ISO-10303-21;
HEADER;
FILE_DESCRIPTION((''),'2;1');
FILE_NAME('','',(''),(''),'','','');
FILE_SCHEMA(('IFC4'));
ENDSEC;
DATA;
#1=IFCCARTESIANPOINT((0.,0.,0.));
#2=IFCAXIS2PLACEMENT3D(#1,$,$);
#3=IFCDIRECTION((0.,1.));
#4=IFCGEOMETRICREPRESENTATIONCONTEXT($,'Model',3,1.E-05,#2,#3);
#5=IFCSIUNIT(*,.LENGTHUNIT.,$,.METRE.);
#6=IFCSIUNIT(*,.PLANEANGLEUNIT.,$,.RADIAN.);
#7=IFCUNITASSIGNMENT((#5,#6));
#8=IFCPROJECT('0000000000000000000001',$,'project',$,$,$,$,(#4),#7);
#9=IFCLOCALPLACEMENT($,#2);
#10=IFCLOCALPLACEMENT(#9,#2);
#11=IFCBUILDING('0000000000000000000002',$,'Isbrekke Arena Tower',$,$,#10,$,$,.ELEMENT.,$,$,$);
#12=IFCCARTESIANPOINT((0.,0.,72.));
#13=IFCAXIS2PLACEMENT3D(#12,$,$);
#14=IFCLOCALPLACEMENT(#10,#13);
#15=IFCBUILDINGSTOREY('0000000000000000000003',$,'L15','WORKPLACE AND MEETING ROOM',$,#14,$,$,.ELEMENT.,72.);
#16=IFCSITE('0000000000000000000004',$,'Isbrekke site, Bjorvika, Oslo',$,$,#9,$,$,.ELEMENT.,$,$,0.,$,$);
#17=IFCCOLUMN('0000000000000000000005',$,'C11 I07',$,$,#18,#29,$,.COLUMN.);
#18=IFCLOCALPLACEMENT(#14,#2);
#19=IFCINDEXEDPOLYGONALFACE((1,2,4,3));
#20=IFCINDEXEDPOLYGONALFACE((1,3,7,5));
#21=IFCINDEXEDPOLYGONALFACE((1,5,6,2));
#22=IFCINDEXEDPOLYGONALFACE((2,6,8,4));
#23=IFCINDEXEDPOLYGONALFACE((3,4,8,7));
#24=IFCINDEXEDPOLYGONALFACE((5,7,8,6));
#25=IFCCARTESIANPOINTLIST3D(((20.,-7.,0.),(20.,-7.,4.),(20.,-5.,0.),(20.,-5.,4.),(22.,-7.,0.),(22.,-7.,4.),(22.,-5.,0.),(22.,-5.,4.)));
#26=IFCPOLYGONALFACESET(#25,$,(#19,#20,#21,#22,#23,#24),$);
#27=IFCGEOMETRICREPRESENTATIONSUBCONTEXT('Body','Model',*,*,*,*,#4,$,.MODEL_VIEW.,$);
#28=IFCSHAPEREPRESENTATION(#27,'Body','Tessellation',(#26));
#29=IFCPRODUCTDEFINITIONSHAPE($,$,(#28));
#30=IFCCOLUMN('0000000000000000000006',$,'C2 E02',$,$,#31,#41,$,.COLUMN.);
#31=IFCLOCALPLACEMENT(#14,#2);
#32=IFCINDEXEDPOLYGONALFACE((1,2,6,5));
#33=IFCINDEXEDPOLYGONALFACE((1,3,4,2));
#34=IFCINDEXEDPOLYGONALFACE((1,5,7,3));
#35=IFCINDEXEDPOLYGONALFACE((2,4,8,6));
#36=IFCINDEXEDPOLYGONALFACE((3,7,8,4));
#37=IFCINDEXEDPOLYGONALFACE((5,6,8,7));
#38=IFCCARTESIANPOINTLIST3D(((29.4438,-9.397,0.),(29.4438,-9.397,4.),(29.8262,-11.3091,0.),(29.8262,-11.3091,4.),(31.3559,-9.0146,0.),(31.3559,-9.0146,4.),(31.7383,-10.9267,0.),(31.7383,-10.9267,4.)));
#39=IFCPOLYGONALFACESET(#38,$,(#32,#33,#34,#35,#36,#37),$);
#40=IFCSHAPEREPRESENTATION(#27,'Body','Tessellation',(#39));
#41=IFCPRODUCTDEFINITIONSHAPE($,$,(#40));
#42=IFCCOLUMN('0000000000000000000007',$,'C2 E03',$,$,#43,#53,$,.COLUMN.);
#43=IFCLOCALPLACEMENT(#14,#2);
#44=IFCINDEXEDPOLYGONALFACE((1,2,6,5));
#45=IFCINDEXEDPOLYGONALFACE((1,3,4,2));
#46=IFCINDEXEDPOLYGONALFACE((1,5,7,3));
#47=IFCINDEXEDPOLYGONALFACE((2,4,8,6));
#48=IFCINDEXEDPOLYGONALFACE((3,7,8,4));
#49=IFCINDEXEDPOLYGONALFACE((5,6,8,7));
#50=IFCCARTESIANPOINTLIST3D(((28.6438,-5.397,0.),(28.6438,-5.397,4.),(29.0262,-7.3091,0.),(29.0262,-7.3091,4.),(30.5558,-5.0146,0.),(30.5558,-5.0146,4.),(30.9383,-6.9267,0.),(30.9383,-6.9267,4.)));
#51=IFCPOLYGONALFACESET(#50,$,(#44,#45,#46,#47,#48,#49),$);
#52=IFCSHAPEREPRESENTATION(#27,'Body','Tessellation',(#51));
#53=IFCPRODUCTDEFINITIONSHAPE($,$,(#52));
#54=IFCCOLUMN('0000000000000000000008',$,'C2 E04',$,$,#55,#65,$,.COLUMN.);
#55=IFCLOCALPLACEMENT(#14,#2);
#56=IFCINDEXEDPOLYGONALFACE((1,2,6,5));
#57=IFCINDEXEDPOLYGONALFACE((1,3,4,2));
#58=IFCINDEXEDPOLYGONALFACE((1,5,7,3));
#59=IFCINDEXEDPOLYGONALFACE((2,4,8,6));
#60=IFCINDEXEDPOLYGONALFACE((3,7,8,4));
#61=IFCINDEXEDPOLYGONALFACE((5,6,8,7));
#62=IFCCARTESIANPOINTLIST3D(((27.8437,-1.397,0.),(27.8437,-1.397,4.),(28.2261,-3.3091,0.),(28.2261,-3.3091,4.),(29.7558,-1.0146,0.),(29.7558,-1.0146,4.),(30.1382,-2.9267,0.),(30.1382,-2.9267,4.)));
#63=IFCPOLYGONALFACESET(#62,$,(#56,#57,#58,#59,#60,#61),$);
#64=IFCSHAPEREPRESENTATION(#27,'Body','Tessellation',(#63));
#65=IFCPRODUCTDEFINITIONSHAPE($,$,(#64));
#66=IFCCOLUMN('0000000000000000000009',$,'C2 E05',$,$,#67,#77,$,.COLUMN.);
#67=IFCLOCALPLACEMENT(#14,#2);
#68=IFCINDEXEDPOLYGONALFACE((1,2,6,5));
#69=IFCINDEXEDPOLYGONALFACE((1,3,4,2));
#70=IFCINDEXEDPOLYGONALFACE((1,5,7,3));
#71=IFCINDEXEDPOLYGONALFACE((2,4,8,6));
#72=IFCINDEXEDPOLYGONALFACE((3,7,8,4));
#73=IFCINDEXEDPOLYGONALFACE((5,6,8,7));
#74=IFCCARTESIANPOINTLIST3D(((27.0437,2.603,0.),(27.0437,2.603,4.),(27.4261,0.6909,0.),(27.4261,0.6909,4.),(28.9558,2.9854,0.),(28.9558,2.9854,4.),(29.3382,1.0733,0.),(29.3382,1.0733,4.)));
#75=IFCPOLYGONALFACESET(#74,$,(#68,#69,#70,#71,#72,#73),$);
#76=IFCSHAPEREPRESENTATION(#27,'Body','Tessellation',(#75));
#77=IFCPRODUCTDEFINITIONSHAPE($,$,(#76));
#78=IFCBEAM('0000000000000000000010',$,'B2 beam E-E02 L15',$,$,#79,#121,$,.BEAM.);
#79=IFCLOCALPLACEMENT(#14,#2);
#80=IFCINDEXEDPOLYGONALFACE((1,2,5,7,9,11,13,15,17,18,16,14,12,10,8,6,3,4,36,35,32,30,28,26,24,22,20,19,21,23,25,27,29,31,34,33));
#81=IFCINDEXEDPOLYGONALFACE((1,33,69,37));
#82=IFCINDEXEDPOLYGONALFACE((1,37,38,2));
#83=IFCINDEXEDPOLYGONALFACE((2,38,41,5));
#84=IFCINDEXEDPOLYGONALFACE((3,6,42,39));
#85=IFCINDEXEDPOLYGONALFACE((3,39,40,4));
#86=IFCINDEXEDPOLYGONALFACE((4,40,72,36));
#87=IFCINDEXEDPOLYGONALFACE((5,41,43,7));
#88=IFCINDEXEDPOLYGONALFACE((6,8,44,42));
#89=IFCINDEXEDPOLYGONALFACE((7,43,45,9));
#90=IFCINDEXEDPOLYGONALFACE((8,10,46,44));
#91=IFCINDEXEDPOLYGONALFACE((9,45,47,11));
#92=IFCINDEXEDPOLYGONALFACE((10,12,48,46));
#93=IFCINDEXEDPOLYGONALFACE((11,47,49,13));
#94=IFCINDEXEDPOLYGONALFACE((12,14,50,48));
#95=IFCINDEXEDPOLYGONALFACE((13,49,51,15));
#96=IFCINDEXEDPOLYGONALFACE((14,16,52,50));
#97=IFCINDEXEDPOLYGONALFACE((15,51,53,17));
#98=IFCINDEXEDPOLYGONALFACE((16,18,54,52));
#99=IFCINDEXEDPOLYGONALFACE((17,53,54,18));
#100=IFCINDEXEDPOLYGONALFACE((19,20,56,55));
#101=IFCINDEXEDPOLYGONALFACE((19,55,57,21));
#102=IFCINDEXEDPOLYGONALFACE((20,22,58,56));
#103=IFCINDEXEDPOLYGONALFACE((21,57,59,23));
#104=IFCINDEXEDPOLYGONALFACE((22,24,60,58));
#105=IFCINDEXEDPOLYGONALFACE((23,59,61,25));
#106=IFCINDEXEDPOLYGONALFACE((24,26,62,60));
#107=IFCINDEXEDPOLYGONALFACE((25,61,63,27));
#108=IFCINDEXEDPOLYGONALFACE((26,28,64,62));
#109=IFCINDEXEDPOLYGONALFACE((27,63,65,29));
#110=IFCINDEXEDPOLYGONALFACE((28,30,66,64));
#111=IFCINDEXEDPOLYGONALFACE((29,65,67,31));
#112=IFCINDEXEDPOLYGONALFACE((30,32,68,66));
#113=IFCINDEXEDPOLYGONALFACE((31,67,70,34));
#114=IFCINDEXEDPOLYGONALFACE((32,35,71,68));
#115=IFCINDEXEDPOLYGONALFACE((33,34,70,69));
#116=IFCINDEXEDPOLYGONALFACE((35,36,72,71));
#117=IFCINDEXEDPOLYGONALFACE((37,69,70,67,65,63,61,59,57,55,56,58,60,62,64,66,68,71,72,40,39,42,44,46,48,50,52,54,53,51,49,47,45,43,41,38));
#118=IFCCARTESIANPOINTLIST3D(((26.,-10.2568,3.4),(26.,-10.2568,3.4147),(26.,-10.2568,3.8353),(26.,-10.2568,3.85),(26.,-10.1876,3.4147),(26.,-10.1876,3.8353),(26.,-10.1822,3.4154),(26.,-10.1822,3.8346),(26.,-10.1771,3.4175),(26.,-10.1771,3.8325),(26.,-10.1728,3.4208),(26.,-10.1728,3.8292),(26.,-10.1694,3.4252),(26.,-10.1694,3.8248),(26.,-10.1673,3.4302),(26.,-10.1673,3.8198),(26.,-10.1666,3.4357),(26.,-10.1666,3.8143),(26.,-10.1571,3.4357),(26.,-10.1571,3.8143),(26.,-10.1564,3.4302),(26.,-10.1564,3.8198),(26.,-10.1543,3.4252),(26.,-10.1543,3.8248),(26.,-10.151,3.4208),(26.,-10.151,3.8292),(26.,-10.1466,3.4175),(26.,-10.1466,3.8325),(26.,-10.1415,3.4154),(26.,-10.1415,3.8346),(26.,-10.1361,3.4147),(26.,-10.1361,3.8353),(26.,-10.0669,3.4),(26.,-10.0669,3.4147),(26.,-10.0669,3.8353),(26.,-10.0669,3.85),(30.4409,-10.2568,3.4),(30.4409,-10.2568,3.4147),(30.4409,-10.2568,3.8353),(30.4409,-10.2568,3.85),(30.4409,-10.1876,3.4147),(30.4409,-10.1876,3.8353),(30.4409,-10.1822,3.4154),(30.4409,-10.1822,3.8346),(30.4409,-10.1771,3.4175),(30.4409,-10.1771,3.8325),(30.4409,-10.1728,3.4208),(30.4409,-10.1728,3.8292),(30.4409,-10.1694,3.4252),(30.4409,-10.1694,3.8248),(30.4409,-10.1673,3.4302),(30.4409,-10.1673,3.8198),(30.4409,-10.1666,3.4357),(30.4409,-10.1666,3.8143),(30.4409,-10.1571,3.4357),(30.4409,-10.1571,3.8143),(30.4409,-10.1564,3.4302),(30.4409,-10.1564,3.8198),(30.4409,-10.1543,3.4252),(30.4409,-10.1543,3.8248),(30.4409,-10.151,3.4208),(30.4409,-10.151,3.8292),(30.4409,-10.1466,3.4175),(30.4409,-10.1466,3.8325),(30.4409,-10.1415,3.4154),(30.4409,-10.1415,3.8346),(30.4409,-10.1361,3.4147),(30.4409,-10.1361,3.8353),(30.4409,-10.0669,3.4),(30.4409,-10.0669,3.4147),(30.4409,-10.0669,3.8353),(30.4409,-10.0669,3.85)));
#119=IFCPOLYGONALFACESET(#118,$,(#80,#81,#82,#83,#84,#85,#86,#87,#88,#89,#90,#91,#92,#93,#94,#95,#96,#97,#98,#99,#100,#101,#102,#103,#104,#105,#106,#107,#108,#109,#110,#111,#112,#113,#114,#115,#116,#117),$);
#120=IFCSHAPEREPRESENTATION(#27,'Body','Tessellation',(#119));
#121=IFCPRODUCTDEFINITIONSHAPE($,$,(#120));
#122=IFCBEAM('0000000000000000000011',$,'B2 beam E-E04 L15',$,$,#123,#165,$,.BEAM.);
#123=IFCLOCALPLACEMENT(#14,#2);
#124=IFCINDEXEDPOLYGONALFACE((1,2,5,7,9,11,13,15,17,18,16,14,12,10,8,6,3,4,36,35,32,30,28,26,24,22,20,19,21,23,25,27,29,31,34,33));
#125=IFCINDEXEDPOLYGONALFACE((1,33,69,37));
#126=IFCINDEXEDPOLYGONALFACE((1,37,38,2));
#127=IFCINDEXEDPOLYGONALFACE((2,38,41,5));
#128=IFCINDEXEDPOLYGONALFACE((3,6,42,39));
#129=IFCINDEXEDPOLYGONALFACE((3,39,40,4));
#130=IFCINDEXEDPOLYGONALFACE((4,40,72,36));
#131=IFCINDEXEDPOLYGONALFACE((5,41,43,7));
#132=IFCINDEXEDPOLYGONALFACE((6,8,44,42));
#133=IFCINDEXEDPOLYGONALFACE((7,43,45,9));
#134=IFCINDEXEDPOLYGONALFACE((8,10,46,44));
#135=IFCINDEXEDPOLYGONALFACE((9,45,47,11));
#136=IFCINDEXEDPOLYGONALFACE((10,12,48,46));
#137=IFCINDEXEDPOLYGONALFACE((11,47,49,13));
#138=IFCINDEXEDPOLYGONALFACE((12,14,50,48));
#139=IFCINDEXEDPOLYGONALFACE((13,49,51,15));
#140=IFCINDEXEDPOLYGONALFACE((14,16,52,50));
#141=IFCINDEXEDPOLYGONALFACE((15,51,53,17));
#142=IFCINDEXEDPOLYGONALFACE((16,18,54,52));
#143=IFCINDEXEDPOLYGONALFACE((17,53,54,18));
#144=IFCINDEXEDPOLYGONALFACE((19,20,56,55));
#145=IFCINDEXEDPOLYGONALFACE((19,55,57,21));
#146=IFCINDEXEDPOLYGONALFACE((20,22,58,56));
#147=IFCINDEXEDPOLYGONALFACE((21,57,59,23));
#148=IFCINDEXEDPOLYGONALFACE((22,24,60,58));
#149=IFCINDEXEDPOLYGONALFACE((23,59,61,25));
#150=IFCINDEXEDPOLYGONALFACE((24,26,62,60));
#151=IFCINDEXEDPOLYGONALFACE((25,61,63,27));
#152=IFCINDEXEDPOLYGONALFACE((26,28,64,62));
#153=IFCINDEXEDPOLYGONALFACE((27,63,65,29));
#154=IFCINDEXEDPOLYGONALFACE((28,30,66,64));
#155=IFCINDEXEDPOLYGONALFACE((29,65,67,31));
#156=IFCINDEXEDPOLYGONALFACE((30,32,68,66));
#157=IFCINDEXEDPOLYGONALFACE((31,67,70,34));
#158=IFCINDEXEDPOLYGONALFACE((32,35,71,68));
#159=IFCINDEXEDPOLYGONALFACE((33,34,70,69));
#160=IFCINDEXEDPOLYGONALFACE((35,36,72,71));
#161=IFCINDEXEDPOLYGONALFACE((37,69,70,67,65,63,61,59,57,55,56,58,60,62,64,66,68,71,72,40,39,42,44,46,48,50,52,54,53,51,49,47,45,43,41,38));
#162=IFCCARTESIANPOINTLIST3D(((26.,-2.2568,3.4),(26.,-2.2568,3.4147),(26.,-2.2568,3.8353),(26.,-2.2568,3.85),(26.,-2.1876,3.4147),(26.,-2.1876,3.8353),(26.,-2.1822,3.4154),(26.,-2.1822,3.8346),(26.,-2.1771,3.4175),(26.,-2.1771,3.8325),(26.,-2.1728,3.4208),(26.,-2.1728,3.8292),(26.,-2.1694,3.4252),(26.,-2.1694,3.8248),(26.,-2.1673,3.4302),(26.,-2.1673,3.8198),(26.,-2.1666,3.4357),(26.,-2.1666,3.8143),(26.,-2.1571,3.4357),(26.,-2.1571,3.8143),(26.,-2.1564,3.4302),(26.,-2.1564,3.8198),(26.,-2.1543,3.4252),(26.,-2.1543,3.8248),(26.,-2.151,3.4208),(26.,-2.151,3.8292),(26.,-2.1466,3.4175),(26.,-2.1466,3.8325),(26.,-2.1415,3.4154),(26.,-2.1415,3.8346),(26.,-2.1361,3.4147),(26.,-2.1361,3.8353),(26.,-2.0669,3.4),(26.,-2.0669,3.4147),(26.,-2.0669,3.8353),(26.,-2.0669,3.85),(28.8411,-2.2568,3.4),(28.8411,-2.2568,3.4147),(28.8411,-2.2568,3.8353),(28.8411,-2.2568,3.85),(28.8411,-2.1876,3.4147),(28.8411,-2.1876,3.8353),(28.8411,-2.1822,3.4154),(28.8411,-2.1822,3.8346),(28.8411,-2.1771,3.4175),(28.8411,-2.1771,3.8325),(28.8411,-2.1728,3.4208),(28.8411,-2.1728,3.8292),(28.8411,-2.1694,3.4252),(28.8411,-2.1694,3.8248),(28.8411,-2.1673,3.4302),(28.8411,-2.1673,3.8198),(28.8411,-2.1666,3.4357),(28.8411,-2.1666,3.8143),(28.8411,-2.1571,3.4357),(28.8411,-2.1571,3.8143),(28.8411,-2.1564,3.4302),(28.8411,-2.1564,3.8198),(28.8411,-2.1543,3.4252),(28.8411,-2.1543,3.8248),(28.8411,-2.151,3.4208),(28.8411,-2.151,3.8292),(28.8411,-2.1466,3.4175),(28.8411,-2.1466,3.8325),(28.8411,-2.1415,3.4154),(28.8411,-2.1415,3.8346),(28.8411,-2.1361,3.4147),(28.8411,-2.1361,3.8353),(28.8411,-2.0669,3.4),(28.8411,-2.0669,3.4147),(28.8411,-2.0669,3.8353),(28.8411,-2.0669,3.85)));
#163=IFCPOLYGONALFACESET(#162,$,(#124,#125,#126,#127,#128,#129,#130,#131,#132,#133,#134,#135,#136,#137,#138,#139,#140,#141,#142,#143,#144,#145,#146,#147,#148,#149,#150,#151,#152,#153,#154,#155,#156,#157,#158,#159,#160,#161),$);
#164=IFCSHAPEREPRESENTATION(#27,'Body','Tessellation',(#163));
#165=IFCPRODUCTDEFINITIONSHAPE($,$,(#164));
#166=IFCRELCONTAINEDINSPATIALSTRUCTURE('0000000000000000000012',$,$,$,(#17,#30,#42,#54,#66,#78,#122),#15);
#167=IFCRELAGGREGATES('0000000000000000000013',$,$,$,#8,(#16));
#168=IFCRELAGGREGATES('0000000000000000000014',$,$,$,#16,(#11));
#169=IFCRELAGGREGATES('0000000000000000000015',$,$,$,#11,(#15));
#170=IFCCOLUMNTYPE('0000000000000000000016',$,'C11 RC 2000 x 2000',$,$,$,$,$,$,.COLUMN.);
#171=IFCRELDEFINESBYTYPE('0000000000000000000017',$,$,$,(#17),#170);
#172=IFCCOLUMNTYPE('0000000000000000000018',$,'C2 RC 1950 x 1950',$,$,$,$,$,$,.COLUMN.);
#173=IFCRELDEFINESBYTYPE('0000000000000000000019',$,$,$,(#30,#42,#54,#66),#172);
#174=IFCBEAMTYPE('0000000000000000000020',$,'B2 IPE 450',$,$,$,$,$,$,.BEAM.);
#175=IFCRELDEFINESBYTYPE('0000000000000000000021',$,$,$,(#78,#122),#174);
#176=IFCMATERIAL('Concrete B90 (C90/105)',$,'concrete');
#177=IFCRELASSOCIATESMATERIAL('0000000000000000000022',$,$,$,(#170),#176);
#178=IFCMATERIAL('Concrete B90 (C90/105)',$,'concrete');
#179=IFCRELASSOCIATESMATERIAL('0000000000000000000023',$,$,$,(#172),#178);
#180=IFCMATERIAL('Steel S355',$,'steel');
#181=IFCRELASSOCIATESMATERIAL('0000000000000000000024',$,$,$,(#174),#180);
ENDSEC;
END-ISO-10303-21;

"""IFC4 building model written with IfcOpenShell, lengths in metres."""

from ifc_helpers import new_model, si_unit, direction, frame, origin, origin_2d, place, context, subcontext, project, spatial, rectangle, i_section, extrude, material, material_profile, profile_set, type_object, element, save


model = new_model("IFC4")

# Units and contexts
model_context = context("Model", 3, precision=1e-05, world=origin(), true_north=direction((0.0, 1.0)))
body_context = subcontext(model_context, "Body", "Model", "MODEL_VIEW")
ifc_project = project(units=[si_unit("LENGTHUNIT", "METRE"), si_unit("PLANEANGLEUNIT", "RADIAN")], contexts=[model_context])

# Site, building, storey
site_placement = place(None, origin())
site = spatial("IfcSite", under=ifc_project, at=site_placement, Name="Isbrekke site, Bjorvika, Oslo", CompositionType="ELEMENT", RefElevation=0.0)
building_placement = place(site_placement, origin())
building = spatial("IfcBuilding", under=site, at=building_placement, Name="Isbrekke Arena Tower", CompositionType="ELEMENT")
storey_placement = place(building_placement, frame((0.0, 0.0, 72.0)))
storey = spatial("IfcBuildingStorey", under=building, at=storey_placement, Name="L15", Description="WORKPLACE AND MEETING ROOM", CompositionType="ELEMENT", Elevation=72.0)

# Columns
ifc_material_1 = material(Name="Concrete B90 (C90/105)", Category="concrete")
ifc_material_profile_1 = material_profile(ifc_material_1, rectangle(XDim=2.0, YDim=2.0, at=origin_2d()), Name="RC 2000x2000")
ifc_profile_set_1 = profile_set([ifc_material_profile_1], Name="Concrete B90 (C90/105)")
column_type_1 = type_object("IfcColumnType", Name="C11 RC 2000 x 2000", PredefinedType="COLUMN", material=ifc_profile_set_1)
column_placement = place(storey_placement, frame((21.0, -6.0, 0.0), z_axis=(0.0, 0.0, 1.0), x_axis=(1.0, 0.0, 0.0)))
element("IfcColumn", 1, at=column_placement, inside=storey, type_object=column_type_1, Name="C11 I07", PredefinedType="COLUMN", context=body_context, shape_type="SweptSolid", body=[
    extrude(rectangle(XDim=2.0, YDim=2.0, at=origin_2d()), origin(), (0.0, 0.0, 1.0), 4.0),
])
ifc_material_2 = material(Name="Concrete B90 (C90/105)", Category="concrete")
ifc_material_profile_2 = material_profile(ifc_material_2, rectangle(XDim=1.95, YDim=1.95, at=origin_2d()), Name="RC 1950x1950")
ifc_profile_set_2 = profile_set([ifc_material_profile_2], Name="Concrete B90 (C90/105)")
column_type_2 = type_object("IfcColumnType", Name="C2 RC 1950 x 1950", PredefinedType="COLUMN", material=ifc_profile_set_2)
for number, where, z_axis, x_axis, name in (
    (2, (30.5911, -10.1619, 0.0), (0.0, 0.0, 1.0), (-0.196116, 0.980581, 0.0), "C2 E02"),
    (3, (29.791, -6.1619, 0.0), (0.0, 0.0, 1.0), (-0.196116, 0.980581, 0.0), "C2 E03"),
    (4, (28.991, -2.1619, 0.0), (0.0, 0.0, 1.0), (-0.196116, 0.980581, 0.0), "C2 E04"),
    (5, (28.1909, 1.8381, 0.0), (0.0, 0.0, 1.0), (-0.196116, 0.980581, 0.0), "C2 E05"),
):
    element("IfcColumn", number, at=place(storey_placement, frame(where, z_axis=z_axis, x_axis=x_axis)), inside=storey, type_object=column_type_2, Name=name, PredefinedType="COLUMN", context=body_context, shape_type="SweptSolid", body=[
        extrude(rectangle(XDim=1.95, YDim=1.95, at=origin_2d()), origin(), (0.0, 0.0, 1.0), 4.0),
    ])

# Beams
ifc_material_3 = material(Name="Steel S355", Category="steel")
ifc_material_profile_3 = material_profile(ifc_material_3, i_section(OverallWidth=0.1899, OverallDepth=0.45, WebThickness=0.0095, FlangeThickness=0.0146, FilletRadius=0.021, at=origin_2d()), Name="IPE 450")
ifc_profile_set_3 = profile_set([ifc_material_profile_3], Name="Steel S355")
beam_type_1 = type_object("IfcBeamType", Name="B2 IPE 450", PredefinedType="BEAM", material=ifc_profile_set_3)
beam_1_placement = place(storey_placement, frame((30.4409, -10.1619, 3.625), z_axis=(-1.0, 0.0, 0.0), x_axis=(0.0, -1.0, 0.0)))
element("IfcBeam", 6, at=beam_1_placement, inside=storey, type_object=beam_type_1, Name="B2 beam E-E02 L15", PredefinedType="BEAM", context=body_context, shape_type="SweptSolid", body=[
    extrude(i_section(OverallWidth=0.1899, OverallDepth=0.45, WebThickness=0.0095, FlangeThickness=0.0146, FilletRadius=0.021, at=origin_2d()), origin(), (0.0, 0.0, 1.0), 4.4409),
])
beam_2_placement = place(storey_placement, frame((28.8411, -2.1619, 3.625), z_axis=(-1.0, 0.0, 0.0), x_axis=(0.0, -1.0, 0.0)))
element("IfcBeam", 7, at=beam_2_placement, inside=storey, type_object=beam_type_1, Name="B2 beam E-E04 L15", PredefinedType="BEAM", context=body_context, shape_type="SweptSolid", body=[
    extrude(i_section(OverallWidth=0.1899, OverallDepth=0.45, WebThickness=0.0095, FlangeThickness=0.0146, FilletRadius=0.021, at=origin_2d()), origin(), (0.0, 0.0, 1.0), 2.8411),
])

save(model, "model.ifc")
